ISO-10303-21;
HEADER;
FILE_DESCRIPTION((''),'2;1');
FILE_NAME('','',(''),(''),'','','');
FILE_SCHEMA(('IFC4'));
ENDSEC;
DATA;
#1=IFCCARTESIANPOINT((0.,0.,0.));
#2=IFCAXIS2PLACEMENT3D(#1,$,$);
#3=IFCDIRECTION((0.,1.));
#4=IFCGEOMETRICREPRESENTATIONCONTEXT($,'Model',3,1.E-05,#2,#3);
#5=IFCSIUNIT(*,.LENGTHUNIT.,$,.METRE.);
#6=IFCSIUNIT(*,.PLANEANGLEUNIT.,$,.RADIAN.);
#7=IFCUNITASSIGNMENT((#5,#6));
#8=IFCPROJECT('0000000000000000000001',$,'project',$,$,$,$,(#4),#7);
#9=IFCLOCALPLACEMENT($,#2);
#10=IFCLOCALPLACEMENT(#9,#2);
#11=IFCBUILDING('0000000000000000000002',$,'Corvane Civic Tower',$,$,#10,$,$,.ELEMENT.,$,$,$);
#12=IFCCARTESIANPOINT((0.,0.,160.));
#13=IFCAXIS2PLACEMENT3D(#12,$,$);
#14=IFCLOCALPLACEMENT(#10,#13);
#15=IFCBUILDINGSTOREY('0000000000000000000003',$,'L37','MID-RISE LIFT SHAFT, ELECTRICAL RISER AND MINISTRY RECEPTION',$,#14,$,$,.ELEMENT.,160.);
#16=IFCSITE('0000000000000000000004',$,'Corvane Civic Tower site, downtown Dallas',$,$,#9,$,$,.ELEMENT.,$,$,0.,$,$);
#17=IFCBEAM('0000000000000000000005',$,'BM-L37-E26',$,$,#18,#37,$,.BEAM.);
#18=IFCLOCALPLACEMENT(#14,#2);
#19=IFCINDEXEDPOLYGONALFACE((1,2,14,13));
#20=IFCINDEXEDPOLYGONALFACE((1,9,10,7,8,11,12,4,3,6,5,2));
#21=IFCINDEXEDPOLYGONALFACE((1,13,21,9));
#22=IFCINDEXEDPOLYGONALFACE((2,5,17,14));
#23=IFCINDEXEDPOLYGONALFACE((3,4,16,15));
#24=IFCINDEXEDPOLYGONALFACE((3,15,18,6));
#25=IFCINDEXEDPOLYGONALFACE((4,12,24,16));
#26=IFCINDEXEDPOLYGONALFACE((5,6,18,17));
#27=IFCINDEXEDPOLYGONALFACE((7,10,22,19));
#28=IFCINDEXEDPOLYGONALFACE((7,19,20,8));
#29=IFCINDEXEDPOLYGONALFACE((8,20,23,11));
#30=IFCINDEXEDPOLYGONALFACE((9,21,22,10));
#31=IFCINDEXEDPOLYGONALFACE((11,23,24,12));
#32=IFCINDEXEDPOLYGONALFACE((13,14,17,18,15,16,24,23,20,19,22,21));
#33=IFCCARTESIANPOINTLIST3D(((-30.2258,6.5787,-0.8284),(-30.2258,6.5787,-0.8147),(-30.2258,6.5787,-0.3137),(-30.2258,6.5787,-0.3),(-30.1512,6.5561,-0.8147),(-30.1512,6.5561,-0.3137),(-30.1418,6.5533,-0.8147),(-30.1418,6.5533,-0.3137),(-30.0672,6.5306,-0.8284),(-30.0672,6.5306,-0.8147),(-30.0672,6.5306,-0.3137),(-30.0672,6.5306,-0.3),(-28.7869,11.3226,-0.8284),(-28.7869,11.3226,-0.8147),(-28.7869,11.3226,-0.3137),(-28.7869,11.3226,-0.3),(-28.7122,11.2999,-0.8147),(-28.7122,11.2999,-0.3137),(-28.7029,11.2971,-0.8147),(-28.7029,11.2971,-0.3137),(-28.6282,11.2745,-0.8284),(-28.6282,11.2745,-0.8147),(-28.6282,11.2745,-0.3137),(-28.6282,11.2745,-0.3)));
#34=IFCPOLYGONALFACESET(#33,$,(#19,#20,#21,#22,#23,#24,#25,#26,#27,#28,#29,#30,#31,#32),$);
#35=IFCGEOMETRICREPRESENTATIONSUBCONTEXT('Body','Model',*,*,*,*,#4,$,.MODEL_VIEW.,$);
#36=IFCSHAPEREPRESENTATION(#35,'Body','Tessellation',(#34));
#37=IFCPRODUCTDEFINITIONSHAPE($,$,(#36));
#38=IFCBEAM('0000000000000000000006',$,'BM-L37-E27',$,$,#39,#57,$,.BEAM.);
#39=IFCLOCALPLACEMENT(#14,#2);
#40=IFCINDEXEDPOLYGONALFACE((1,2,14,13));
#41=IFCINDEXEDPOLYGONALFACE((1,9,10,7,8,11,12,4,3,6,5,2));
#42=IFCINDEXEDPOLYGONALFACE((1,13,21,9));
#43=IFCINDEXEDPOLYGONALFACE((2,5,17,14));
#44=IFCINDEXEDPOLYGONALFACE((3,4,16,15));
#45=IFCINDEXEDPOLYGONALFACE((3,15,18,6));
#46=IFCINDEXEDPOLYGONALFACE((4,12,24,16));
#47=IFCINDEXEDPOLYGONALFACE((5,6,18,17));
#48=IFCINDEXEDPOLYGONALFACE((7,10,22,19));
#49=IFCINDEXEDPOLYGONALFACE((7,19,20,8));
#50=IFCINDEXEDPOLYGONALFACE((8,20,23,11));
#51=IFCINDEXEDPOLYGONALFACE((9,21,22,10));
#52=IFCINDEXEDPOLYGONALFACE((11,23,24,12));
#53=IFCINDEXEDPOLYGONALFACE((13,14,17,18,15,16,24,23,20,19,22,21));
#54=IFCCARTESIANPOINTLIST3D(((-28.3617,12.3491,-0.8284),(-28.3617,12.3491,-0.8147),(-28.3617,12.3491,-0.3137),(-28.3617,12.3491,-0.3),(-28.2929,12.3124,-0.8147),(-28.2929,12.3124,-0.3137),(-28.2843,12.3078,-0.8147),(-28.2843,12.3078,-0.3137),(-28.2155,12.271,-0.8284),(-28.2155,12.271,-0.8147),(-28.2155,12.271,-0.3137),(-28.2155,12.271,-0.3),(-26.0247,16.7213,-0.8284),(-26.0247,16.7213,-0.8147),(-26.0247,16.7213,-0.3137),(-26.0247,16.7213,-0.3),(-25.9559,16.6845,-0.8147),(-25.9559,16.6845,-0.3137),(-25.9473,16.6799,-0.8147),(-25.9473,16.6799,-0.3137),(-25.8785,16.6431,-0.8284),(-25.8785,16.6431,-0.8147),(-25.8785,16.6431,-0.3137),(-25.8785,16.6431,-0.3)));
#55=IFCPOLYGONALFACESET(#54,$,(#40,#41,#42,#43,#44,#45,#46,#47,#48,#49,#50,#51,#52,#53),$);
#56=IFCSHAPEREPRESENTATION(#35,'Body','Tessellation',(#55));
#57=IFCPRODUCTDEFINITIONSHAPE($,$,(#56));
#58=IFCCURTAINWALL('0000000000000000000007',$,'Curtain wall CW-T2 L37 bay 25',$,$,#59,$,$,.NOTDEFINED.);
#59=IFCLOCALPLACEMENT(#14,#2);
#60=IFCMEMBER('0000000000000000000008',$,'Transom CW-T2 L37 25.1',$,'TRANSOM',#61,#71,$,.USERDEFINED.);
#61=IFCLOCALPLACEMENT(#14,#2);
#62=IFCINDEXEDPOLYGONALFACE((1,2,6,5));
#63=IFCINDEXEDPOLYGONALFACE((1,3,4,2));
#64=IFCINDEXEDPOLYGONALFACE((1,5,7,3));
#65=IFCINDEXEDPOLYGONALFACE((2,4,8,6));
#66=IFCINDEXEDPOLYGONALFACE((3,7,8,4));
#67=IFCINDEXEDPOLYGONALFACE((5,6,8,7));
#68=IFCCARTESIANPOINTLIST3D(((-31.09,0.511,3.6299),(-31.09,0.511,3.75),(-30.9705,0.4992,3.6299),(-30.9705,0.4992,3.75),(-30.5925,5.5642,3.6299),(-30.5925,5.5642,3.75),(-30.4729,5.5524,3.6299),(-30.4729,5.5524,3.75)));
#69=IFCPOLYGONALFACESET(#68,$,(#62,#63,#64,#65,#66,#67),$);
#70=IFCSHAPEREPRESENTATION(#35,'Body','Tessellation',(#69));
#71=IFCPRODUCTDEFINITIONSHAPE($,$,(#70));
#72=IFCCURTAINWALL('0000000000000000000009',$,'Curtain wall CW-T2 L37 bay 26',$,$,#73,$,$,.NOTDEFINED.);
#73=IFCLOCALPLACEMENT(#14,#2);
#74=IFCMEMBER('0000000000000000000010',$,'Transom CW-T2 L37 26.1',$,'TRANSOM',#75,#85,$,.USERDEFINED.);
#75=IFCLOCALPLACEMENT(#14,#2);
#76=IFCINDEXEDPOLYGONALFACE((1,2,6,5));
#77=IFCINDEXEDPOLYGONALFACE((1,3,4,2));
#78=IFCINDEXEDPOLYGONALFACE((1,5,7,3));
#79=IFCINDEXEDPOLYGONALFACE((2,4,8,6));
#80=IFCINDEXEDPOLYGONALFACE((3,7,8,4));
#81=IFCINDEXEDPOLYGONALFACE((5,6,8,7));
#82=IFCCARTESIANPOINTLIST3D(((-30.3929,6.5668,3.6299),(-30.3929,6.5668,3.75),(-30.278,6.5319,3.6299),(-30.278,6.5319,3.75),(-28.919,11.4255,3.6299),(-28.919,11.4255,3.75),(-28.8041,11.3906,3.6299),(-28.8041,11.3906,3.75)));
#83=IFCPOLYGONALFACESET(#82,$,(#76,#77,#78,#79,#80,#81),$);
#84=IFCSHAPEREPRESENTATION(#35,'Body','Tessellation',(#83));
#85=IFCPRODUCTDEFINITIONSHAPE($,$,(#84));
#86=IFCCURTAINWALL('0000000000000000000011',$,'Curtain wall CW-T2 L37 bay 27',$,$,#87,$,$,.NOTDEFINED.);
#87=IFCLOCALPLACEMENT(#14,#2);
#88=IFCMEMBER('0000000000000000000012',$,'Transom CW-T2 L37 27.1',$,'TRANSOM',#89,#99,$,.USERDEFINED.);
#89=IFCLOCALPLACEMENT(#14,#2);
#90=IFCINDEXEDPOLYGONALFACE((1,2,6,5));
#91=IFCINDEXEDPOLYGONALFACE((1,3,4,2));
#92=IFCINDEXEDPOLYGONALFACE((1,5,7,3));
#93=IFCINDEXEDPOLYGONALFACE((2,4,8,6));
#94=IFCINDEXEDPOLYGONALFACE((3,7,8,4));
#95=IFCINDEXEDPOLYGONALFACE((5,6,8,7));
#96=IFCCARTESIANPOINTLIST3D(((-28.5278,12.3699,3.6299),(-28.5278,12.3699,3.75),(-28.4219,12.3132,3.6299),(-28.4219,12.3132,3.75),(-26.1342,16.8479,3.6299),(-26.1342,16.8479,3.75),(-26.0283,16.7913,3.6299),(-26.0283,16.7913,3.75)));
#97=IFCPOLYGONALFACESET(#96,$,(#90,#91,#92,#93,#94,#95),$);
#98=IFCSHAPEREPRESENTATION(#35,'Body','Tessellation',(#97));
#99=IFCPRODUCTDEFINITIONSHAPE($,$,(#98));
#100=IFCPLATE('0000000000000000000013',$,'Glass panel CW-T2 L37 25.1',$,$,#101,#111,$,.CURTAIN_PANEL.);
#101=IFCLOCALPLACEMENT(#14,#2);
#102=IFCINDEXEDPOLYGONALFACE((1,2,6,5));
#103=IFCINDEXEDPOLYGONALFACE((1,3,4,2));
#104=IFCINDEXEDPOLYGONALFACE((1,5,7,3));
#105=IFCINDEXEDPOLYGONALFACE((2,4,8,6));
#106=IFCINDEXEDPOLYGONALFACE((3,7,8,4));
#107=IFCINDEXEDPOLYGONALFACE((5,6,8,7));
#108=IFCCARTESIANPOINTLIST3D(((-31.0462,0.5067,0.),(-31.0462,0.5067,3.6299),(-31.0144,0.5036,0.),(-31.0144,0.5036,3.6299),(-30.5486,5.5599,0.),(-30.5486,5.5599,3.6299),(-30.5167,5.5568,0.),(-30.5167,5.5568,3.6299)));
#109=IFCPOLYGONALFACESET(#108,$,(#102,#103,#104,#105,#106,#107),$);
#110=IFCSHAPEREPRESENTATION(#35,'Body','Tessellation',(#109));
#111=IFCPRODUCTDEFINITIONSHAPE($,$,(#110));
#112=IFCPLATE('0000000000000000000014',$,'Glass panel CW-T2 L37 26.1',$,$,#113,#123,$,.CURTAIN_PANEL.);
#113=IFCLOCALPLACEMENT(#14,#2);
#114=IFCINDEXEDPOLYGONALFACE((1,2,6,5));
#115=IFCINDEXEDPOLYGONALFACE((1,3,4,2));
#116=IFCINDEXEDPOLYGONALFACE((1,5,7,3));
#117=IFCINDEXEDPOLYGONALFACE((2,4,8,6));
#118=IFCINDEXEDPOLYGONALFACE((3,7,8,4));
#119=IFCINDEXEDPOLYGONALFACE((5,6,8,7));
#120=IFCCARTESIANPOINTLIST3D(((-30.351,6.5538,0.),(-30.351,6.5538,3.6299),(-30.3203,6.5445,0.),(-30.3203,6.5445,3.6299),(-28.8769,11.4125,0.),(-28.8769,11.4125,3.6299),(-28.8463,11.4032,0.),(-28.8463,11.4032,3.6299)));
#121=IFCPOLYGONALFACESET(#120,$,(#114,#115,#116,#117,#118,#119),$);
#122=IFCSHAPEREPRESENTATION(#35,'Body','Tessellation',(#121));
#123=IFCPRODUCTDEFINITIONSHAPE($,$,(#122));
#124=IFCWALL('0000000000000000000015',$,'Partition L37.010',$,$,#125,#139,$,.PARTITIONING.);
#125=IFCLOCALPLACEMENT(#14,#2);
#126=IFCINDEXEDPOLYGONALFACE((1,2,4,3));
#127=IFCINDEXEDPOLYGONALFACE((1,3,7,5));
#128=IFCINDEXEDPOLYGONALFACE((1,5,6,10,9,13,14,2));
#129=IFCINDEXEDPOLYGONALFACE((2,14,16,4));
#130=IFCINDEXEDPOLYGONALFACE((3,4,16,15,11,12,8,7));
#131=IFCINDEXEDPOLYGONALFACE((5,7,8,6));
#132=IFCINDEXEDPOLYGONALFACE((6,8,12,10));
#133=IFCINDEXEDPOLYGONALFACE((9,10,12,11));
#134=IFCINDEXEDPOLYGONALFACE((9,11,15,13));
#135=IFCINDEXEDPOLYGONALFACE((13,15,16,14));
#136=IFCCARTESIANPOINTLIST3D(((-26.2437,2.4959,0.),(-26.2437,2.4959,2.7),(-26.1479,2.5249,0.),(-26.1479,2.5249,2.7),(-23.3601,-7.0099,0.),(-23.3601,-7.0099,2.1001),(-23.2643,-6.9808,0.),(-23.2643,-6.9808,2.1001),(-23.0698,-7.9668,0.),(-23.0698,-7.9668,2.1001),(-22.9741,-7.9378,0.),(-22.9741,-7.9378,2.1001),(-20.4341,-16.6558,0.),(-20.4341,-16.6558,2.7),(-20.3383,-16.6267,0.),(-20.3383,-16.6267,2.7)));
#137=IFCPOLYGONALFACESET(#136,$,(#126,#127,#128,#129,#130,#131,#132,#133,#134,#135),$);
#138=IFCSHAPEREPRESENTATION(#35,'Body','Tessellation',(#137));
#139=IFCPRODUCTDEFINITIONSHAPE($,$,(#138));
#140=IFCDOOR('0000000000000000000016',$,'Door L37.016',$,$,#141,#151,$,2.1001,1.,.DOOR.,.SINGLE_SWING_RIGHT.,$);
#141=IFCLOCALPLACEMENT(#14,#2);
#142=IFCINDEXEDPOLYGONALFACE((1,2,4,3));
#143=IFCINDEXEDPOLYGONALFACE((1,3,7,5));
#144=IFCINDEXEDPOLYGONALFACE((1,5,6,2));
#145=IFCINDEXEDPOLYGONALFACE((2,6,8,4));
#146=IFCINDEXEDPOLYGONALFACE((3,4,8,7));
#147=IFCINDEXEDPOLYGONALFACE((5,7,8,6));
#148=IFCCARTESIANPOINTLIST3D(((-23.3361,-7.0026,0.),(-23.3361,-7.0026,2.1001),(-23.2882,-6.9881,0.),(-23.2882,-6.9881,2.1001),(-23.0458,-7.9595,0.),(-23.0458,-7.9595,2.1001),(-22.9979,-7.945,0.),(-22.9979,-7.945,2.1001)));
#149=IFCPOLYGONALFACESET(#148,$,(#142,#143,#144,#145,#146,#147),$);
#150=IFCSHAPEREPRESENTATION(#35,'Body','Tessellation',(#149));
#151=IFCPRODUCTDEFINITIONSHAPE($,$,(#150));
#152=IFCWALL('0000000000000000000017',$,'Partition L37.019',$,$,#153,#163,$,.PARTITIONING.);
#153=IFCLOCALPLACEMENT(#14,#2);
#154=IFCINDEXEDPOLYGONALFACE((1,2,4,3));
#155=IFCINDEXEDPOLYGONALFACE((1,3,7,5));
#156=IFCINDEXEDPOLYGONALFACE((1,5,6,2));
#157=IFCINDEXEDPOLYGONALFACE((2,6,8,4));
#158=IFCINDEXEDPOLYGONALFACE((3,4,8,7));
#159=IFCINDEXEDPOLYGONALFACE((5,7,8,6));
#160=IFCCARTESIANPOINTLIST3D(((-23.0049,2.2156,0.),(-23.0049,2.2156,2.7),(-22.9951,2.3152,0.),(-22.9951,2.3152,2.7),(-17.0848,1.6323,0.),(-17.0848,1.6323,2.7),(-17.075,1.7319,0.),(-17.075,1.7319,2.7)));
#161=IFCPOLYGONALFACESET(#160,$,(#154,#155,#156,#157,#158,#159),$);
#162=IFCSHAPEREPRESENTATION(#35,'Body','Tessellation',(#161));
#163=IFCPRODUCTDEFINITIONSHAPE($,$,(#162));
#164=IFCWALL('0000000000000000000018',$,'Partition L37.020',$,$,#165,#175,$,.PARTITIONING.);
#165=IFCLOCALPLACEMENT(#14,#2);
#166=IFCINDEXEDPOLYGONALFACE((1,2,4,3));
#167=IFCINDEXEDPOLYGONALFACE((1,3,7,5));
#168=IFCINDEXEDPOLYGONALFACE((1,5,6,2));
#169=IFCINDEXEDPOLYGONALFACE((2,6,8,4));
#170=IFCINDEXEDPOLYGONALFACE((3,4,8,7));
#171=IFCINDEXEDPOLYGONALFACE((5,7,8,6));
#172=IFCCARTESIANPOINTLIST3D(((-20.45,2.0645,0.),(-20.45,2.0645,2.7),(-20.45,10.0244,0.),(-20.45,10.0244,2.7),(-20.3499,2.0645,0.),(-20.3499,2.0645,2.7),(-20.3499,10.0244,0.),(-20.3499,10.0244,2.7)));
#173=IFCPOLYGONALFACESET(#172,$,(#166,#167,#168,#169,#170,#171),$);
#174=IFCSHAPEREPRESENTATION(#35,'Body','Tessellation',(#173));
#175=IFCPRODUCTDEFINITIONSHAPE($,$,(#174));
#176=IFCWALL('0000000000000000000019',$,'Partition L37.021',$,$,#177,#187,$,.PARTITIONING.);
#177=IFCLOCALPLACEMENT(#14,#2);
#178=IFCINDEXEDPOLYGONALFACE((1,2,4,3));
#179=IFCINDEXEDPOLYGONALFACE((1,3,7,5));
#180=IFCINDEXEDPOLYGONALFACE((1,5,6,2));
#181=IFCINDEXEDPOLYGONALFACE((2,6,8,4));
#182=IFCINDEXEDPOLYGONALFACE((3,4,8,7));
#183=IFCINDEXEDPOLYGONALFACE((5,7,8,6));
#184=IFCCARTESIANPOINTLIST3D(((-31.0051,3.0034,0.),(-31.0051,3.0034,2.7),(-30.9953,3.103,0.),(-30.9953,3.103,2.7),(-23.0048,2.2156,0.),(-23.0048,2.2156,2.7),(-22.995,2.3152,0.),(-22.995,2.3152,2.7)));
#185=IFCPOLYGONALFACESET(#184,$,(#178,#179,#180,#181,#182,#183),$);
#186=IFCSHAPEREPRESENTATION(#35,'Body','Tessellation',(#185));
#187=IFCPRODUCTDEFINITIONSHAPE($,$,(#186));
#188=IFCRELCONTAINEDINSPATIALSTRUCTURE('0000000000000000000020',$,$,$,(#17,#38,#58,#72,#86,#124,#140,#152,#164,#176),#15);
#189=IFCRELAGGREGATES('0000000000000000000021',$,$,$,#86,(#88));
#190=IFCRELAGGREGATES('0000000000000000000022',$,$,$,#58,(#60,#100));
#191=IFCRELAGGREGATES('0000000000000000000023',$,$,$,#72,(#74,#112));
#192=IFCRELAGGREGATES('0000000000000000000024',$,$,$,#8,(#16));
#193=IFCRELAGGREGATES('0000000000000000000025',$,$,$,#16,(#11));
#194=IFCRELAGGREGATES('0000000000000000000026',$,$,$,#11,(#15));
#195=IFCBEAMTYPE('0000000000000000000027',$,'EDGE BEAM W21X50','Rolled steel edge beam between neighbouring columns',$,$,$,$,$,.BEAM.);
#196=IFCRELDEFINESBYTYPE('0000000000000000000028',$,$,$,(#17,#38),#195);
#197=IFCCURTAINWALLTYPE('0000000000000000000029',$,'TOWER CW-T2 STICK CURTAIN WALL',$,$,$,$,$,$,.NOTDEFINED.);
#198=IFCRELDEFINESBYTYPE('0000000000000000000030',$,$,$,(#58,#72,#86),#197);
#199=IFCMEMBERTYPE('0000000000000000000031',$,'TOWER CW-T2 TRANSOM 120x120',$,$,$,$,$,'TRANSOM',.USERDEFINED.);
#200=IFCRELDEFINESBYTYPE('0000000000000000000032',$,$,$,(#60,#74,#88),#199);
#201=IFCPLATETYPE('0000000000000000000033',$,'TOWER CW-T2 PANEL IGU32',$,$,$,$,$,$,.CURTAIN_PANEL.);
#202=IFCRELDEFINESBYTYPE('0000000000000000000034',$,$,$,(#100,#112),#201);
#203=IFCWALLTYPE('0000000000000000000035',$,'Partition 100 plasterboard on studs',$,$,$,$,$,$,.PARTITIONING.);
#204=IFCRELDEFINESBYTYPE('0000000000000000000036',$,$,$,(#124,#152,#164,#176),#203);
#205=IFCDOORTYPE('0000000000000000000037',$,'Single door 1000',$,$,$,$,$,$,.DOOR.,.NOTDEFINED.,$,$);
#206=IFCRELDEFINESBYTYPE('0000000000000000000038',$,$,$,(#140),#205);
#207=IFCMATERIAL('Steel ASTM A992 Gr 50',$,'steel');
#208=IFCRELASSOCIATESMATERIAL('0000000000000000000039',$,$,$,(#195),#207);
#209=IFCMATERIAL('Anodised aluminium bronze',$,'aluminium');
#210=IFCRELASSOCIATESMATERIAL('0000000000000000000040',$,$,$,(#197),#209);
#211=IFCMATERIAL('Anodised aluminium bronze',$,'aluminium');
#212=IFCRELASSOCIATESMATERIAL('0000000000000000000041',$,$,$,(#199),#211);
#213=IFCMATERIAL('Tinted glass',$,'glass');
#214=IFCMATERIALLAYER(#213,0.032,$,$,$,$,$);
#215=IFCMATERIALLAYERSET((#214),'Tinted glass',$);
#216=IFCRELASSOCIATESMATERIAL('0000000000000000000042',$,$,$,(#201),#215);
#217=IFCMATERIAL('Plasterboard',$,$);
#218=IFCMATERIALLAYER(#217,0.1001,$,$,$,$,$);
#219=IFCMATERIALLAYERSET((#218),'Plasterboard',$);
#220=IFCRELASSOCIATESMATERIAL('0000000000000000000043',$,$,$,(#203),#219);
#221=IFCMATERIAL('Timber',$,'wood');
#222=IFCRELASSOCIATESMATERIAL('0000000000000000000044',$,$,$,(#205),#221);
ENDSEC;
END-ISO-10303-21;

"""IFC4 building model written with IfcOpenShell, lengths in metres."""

from ifc_helpers import new_model, si_unit, direction, frame, frame_2d, origin, origin_2d, place, context, subcontext, project, spatial, rectangle, i_section, extrude, material, layer, layer_set, material_profile, profile_set, type_object, element, fill, aggregate, save


model = new_model("IFC4")

# Units and contexts
model_context = context("Model", 3, precision=1e-05, world=origin(), true_north=direction((0.0, 1.0)))
body_context = subcontext(model_context, "Body", "Model", "MODEL_VIEW")
ifc_project = project(units=[si_unit("LENGTHUNIT", "METRE"), si_unit("PLANEANGLEUNIT", "RADIAN")], contexts=[model_context])

# Site, building, storey
site_placement = place(None, origin())
site = spatial("IfcSite", under=ifc_project, at=site_placement, Name="Corvane Civic Tower site, downtown Dallas", CompositionType="ELEMENT", RefElevation=0.0)
building_placement = place(site_placement, origin())
building = spatial("IfcBuilding", under=site, at=building_placement, Name="Corvane Civic Tower", CompositionType="ELEMENT")
storey_placement = place(building_placement, frame((0.0, 0.0, 160.0)))
storey = spatial("IfcBuildingStorey", under=building, at=storey_placement, Name="L37", Description="MID-RISE LIFT SHAFT, ELECTRICAL RISER AND MINISTRY RECEPTION", CompositionType="ELEMENT", Elevation=160.0)

# Beams
ifc_material_1 = material(Name="Steel ASTM A992 Gr 50", Category="steel")
ifc_material_profile_1 = material_profile(ifc_material_1, i_section(OverallWidth=0.1658, OverallDepth=0.5283, WebThickness=0.0098, FlangeThickness=0.0137, at=origin_2d()), Name="W21X50")
ifc_profile_set_1 = profile_set([ifc_material_profile_1], Name="Steel ASTM A992 Gr 50")
beam_type = type_object("IfcBeamType", Name="EDGE BEAM W21X50", Description="Rolled steel edge beam between neighbouring columns", PredefinedType="BEAM", material=ifc_profile_set_1)
beam_1_placement = place(storey_placement, frame((-30.1465, 6.5547, -0.5642), z_axis=(0.29027, 0.956945, 0.0), x_axis=(-0.956945, 0.29027, 0.0)))
element("IfcBeam", 1, at=beam_1_placement, inside=storey, type_object=beam_type, Name="BM-L37-E26", PredefinedType="BEAM", context=body_context, shape_type="SweptSolid", body=[
    extrude(i_section(OverallWidth=0.1658, OverallDepth=0.5283, WebThickness=0.0098, FlangeThickness=0.0137, at=origin_2d()), origin(), (0.0, 0.0, 1.0), 4.9573),
])
beam_2_placement = place(storey_placement, frame((-28.2886, 12.3101, -0.5642), z_axis=(0.471396, 0.881922, 0.0), x_axis=(-0.881922, 0.471396, 0.0)))
element("IfcBeam", 2, at=beam_2_placement, inside=storey, type_object=beam_type, Name="BM-L37-E27", PredefinedType="BEAM", context=body_context, shape_type="SweptSolid", body=[
    extrude(i_section(OverallWidth=0.1658, OverallDepth=0.5283, WebThickness=0.0098, FlangeThickness=0.0137, at=origin_2d()), origin(), (0.0, 0.0, 1.0), 4.9575),
])

# Curtain walls, members
ifc_material_2 = material(Name="Anodised aluminium bronze", Category="aluminium")
curtain_wall_type = type_object("IfcCurtainWallType", Name="TOWER CW-T2 STICK CURTAIN WALL", PredefinedType="NOTDEFINED", material=ifc_material_2)
curtain_wall_1_placement = place(storey_placement, origin())
curtain_wall_1 = element("IfcCurtainWall", 3, at=curtain_wall_1_placement, inside=storey, type_object=curtain_wall_type, Name="Curtain wall CW-T2 L37 bay 25", PredefinedType="NOTDEFINED")
ifc_material_3 = material(Name="Anodised aluminium bronze", Category="aluminium")
ifc_material_profile_2 = material_profile(ifc_material_3, rectangle(XDim=0.1201, YDim=0.1201, at=origin_2d()), Name="TOWER CW-T2 TRANSOM 120x120")
ifc_profile_set_2 = profile_set([ifc_material_profile_2], Name="Anodised aluminium bronze")
member_type = type_object("IfcMemberType", Name="TOWER CW-T2 TRANSOM 120x120", ElementType="TRANSOM", PredefinedType="USERDEFINED", material=ifc_profile_set_2)
member_1_placement = place(storey_placement, frame((-31.0303, 0.5051, 3.6899), z_axis=(0.09799, 0.995187, 0.0), x_axis=(-0.995187, 0.09799, 0.0)))
member_1 = element("IfcMember", 4, at=member_1_placement, type_object=member_type, Name="Transom CW-T2 L37 25.1", ObjectType="TRANSOM", PredefinedType="USERDEFINED", context=body_context, shape_type="SweptSolid", body=[
    extrude(rectangle(XDim=0.1201, YDim=0.1201, at=origin_2d()), origin(), (0.0, 0.0, 1.0), 5.0776),
])
curtain_wall_2_placement = place(storey_placement, origin())
curtain_wall_2 = element("IfcCurtainWall", 5, at=curtain_wall_2_placement, inside=storey, type_object=curtain_wall_type, Name="Curtain wall CW-T2 L37 bay 26", PredefinedType="NOTDEFINED")
member_2_placement = place(storey_placement, frame((-30.3354, 6.5493, 3.6899), z_axis=(0.290289, 0.956939, 0.0), x_axis=(-0.956939, 0.290289, 0.0)))
member_2 = element("IfcMember", 6, at=member_2_placement, type_object=member_type, Name="Transom CW-T2 L37 26.1", ObjectType="TRANSOM", PredefinedType="USERDEFINED", context=body_context, shape_type="SweptSolid", body=[
    extrude(rectangle(XDim=0.1201, YDim=0.1201, at=origin_2d()), origin(), (0.0, 0.0, 1.0), 5.0774),
])
curtain_wall_3_placement = place(storey_placement, origin())
curtain_wall_3 = element("IfcCurtainWall", 7, at=curtain_wall_3_placement, inside=storey, type_object=curtain_wall_type, Name="Curtain wall CW-T2 L37 bay 27", PredefinedType="NOTDEFINED")
member_3_placement = place(storey_placement, frame((-28.4749, 12.3416, 3.6899), z_axis=(0.471397, 0.881921, 0.0), x_axis=(-0.881921, 0.471397, 0.0)))
member_3 = element("IfcMember", 8, at=member_3_placement, type_object=member_type, Name="Transom CW-T2 L37 27.1", ObjectType="TRANSOM", PredefinedType="USERDEFINED", context=body_context, shape_type="SweptSolid", body=[
    extrude(rectangle(XDim=0.1201, YDim=0.1201, at=origin_2d()), origin(), (0.0, 0.0, 1.0), 5.0776),
])
aggregate(curtain_wall_3, [member_3])

# Plates
ifc_material_4 = material(Name="Tinted glass", Category="glass")
ifc_layer_1 = layer(ifc_material_4, 0.032)
ifc_layer_set_1 = layer_set([ifc_layer_1], Name="Tinted glass")
plate_type = type_object("IfcPlateType", Name="TOWER CW-T2 PANEL IGU32", PredefinedType="CURTAIN_PANEL", material=ifc_layer_set_1)
plate_1_placement = place(storey_placement, frame((-30.7815, 3.0317, 0.0), z_axis=(0.0, 0.0, 1.0), x_axis=(0.098012, 0.995185, 0.0)))
plate_1 = element("IfcPlate", 9, at=plate_1_placement, type_object=plate_type, Name="Glass panel CW-T2 L37 25.1", PredefinedType="CURTAIN_PANEL", context=body_context, shape_type="SweptSolid", body=[
    extrude(rectangle(XDim=5.0776, YDim=0.032, at=origin_2d()), origin(), (0.0, 0.0, 1.0), 3.6299),
])
aggregate(curtain_wall_1, [member_1, plate_1])
plate_2_placement = place(storey_placement, frame((-29.5986, 8.9785, 0.0), z_axis=(0.0, 0.0, 1.0), x_axis=(0.290313, 0.956932, 0.0)))
plate_2 = element("IfcPlate", 10, at=plate_2_placement, type_object=plate_type, Name="Glass panel CW-T2 L37 26.1", PredefinedType="CURTAIN_PANEL", context=body_context, shape_type="SweptSolid", body=[
    extrude(rectangle(XDim=5.0774, YDim=0.032, at=origin_2d()), origin(), (0.0, 0.0, 1.0), 3.6299),
])
aggregate(curtain_wall_2, [member_2, plate_2])

# Wall, opening, door
ifc_material_5 = material(Name="Plasterboard")
ifc_layer_2 = layer(ifc_material_5, 0.1001)
ifc_layer_set_2 = layer_set([ifc_layer_2], Name="Plasterboard")
wall_type = type_object("IfcWallType", Name="Partition 100 plasterboard on studs", PredefinedType="PARTITIONING", material=ifc_layer_set_2)
wall_1_placement = place(storey_placement, frame((-26.1958, 2.5105, 0.0), z_axis=(0.0, 0.0, 1.0), x_axis=(0.290284, -0.95694, 0.0)))
wall_1 = element("IfcWall", 11, at=wall_1_placement, inside=storey, type_object=wall_type, Name="Partition L37.010", PredefinedType="PARTITIONING", context=body_context, shape_type="SweptSolid", body=[
    extrude(rectangle(XDim=20.0134, YDim=0.1001, at=frame_2d((10.0068, 0.0))), origin(), (0.0, 0.0, 1.0), 2.7),
])
opening_1_placement = place(wall_1_placement, frame((9.9336, 0.0, 0.0)))
opening_1 = element("IfcOpeningElement", 12, at=opening_1_placement, cuts=wall_1, PredefinedType="OPENING", context=body_context, shape_type="SweptSolid", body=[
    extrude(rectangle(XDim=1.0, YDim=2.1001, at=frame_2d((0.5, 1.05))), frame((0.0, 0.0601, 0.0), z_axis=(0.0, -1.0, 0.0), x_axis=(1.0, 0.0, 0.0)), (0.0, 0.0, 1.0), 0.1201),
])
ifc_material_6 = material(Name="Timber", Category="wood")
door_type = type_object("IfcDoorType", Name="Single door 1000", OperationType="NOTDEFINED", PredefinedType="DOOR", material=ifc_material_6)
door_1_placement = place(opening_1_placement, frame((1.0, 0.0, 0.0), z_axis=(0.0, 0.0, 1.0), x_axis=(-1.0, 0.0, 0.0)))
door_1 = element("IfcDoor", 13, at=door_1_placement, inside=storey, type_object=door_type, Name="Door L37.016", OperationType="SINGLE_SWING_RIGHT", OverallHeight=2.1001, OverallWidth=1.0, PredefinedType="DOOR", context=body_context, shape_type="SweptSolid", body=[
    extrude(rectangle(XDim=1.0, YDim=2.1001, at=frame_2d((0.5, 1.05))), frame((0.0, 0.0249, 0.0), z_axis=(0.0, -1.0, 0.0), x_axis=(1.0, 0.0, 0.0)), (0.0, 0.0, 1.0), 0.05),
])
fill(opening_1, door_1)

# Walls
wall_2_placement = place(storey_placement, frame((-23.0, 2.2654, 0.0), z_axis=(0.0, 0.0, 1.0), x_axis=(0.995182, -0.098045, 0.0)))
element("IfcWall", 14, at=wall_2_placement, inside=storey, type_object=wall_type, Name="Partition L37.019", PredefinedType="PARTITIONING", context=body_context, shape_type="SweptSolid", body=[
    extrude(rectangle(XDim=5.9487, YDim=0.1001, at=frame_2d((2.9744, 0.0))), origin(), (0.0, 0.0, 1.0), 2.7),
])
wall_3_placement = place(storey_placement, frame((-20.3999, 2.0645, 0.0), z_axis=(0.0, 0.0, 1.0), x_axis=(0.0, 1.0, 0.0)))
element("IfcWall", 15, at=wall_3_placement, inside=storey, type_object=wall_type, Name="Partition L37.020", PredefinedType="PARTITIONING", context=body_context, shape_type="SweptSolid", body=[
    extrude(rectangle(XDim=7.96, YDim=0.1001, at=frame_2d((3.98, 0.0))), origin(), (0.0, 0.0, 1.0), 2.7),
])
wall_4_placement = place(storey_placement, frame((-31.0002, 3.0532, 0.0), z_axis=(0.0, 0.0, 1.0), x_axis=(0.995186, -0.098003, 0.0)))
element("IfcWall", 16, at=wall_4_placement, inside=storey, type_object=wall_type, Name="Partition L37.021", PredefinedType="PARTITIONING", context=body_context, shape_type="SweptSolid", body=[
    extrude(rectangle(XDim=8.0391, YDim=0.1001, at=frame_2d((4.0195, 0.0))), origin(), (0.0, 0.0, 1.0), 2.7),
])

save(model, "model.ifc")
